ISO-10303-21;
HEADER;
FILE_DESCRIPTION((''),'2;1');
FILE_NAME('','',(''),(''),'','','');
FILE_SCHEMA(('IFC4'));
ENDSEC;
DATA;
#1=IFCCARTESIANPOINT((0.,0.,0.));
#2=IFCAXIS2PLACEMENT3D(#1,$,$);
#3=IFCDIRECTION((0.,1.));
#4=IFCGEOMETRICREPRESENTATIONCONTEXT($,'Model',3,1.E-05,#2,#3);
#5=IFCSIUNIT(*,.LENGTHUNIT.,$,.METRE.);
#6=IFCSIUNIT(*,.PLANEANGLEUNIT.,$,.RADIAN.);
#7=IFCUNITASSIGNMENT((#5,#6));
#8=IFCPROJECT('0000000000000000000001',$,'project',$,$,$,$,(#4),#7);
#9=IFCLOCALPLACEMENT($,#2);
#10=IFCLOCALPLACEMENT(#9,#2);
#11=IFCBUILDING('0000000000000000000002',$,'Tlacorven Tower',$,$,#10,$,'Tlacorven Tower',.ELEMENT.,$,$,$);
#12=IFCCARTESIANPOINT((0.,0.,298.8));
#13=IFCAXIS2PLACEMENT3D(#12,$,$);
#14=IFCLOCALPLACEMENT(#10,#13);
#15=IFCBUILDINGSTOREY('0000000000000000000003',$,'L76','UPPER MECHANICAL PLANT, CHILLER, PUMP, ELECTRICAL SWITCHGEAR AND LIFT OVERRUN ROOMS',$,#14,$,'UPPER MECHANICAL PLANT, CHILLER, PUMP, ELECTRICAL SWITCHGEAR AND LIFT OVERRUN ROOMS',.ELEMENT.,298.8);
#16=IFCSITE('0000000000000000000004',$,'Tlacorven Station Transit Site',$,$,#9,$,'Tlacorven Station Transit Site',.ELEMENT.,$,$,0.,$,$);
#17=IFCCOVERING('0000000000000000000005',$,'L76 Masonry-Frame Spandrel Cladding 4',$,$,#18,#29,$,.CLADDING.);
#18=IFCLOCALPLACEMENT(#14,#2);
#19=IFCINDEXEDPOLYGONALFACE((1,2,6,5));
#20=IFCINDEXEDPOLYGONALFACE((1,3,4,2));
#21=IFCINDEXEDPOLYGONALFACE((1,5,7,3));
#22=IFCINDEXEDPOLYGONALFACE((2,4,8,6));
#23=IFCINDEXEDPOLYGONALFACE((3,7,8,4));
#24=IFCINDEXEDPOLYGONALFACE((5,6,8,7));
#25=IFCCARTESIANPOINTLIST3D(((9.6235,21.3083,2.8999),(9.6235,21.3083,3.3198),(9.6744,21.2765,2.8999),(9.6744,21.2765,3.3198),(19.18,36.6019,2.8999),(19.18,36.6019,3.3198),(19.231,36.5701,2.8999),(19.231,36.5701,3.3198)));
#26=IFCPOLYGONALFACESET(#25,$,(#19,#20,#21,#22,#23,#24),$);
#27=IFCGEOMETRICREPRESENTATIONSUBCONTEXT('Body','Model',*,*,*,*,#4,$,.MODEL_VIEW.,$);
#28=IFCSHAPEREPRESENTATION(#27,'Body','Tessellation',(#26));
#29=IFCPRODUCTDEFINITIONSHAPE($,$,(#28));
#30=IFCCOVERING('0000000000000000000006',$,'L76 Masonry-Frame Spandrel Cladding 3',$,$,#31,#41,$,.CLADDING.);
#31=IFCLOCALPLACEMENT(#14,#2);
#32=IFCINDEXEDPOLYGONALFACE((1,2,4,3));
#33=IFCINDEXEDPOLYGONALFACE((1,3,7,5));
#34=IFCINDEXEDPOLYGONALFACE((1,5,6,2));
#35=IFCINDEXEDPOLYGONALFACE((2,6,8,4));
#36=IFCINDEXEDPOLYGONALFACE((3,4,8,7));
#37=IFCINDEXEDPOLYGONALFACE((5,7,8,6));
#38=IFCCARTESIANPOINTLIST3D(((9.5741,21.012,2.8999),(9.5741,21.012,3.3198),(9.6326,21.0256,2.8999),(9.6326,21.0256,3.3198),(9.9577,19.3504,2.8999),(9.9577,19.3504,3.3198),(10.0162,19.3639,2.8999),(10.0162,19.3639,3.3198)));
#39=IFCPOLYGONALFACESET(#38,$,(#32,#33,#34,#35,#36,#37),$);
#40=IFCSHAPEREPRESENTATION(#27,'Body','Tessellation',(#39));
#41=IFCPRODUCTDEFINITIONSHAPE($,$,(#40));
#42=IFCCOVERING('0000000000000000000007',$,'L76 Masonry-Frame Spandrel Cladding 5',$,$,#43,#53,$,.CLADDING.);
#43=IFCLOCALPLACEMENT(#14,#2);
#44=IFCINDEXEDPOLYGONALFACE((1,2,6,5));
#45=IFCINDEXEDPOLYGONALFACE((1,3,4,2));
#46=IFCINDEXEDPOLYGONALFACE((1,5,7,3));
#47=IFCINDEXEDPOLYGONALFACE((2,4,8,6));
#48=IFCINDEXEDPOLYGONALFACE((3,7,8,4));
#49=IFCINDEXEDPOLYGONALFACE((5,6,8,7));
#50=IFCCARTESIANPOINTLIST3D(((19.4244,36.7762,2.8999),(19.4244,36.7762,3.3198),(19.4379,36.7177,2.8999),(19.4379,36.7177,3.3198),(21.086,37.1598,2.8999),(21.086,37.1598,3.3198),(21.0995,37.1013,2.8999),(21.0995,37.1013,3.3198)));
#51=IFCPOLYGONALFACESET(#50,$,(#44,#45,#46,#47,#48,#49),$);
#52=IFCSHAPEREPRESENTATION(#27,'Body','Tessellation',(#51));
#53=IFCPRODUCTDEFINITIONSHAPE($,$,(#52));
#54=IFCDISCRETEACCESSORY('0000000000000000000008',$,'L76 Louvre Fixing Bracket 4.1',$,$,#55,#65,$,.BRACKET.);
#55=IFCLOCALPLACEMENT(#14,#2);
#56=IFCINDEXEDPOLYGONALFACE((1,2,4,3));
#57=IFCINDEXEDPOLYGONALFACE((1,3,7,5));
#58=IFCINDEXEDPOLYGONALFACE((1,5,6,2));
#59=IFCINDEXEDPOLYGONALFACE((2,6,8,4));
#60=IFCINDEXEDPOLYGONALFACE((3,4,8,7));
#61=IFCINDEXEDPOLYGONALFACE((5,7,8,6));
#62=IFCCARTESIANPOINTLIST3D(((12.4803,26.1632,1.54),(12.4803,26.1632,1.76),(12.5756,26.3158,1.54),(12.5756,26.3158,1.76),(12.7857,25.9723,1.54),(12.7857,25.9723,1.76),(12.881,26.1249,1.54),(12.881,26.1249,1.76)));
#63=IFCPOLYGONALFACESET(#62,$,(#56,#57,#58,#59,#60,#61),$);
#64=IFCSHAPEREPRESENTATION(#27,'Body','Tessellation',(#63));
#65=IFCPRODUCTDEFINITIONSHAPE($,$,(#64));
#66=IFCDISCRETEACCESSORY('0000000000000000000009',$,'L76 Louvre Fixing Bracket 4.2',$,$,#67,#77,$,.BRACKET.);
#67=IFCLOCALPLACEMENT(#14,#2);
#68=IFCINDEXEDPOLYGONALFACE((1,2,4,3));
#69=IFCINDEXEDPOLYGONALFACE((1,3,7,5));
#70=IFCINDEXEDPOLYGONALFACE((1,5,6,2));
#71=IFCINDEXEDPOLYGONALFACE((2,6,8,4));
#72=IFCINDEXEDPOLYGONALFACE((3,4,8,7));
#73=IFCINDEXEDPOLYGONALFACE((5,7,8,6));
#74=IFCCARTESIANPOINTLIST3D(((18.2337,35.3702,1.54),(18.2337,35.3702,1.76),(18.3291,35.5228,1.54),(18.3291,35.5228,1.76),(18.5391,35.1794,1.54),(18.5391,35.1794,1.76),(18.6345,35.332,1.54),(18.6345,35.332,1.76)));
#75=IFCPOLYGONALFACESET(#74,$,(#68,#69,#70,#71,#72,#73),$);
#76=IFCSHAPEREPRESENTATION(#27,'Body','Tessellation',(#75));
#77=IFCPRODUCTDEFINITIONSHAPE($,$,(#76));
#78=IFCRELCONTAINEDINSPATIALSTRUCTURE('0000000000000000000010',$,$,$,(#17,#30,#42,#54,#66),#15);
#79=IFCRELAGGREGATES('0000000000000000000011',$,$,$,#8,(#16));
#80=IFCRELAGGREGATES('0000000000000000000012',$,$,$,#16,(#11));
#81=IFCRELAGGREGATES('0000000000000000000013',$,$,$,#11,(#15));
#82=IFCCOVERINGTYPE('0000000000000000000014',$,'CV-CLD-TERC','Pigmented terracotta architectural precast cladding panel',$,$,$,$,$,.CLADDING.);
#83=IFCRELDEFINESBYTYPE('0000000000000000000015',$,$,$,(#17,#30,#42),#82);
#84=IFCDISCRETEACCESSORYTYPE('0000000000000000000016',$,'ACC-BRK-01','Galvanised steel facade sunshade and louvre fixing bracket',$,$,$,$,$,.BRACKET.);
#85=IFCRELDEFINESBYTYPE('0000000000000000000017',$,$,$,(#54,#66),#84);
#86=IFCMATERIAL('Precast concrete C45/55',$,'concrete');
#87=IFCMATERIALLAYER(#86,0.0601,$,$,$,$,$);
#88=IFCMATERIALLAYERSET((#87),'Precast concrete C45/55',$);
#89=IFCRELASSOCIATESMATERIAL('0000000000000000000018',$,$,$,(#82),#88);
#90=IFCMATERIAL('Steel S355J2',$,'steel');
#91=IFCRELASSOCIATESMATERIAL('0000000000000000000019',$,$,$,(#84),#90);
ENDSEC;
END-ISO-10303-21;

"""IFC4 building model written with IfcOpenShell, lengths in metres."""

from ifc_helpers import new_model, si_unit, direction, frame, origin, origin_2d, place, context, subcontext, project, spatial, rectangle, extrude, source, transform, mapped, material, layer, layer_set, type_object, element, save


model = new_model("IFC4")

# Units and contexts
model_context = context("Model", 3, precision=1e-05, world=origin(), true_north=direction((0.0, 1.0)))
body_context = subcontext(model_context, "Body", "Model", "MODEL_VIEW")
ifc_project = project(units=[si_unit("LENGTHUNIT", "METRE"), si_unit("PLANEANGLEUNIT", "RADIAN")], contexts=[model_context])

# Site, building, storey
site_placement = place(None, origin())
site = spatial("IfcSite", under=ifc_project, at=site_placement, Name="Tlacorven Station Transit Site", LongName="Tlacorven Station Transit Site", CompositionType="ELEMENT", RefElevation=0.0)
building_placement = place(site_placement, origin())
building = spatial("IfcBuilding", under=site, at=building_placement, Name="Tlacorven Tower", LongName="Tlacorven Tower", CompositionType="ELEMENT")
storey_placement = place(building_placement, frame((0.0, 0.0, 298.8)))
storey = spatial("IfcBuildingStorey", under=building, at=storey_placement, Name="L76", Description="UPPER MECHANICAL PLANT, CHILLER, PUMP, ELECTRICAL SWITCHGEAR AND LIFT OVERRUN ROOMS", LongName="UPPER MECHANICAL PLANT, CHILLER, PUMP, ELECTRICAL SWITCHGEAR AND LIFT OVERRUN ROOMS", CompositionType="ELEMENT", Elevation=298.8)

# Shared definitions
ifc_material_1 = material(Name="Precast concrete C45/55", Category="concrete")

# Coverings
ifc_layer_1 = layer(ifc_material_1, 0.0601)
ifc_layer_set_1 = layer_set([ifc_layer_1], Name="Precast concrete C45/55")
covering_type = type_object("IfcCoveringType", Name="CV-CLD-TERC", Description="Pigmented terracotta architectural precast cladding panel", PredefinedType="CLADDING", material=ifc_layer_set_1)
shared_shape_1 = source(origin(), body_context, "Body", "SweptSolid", [
    extrude(rectangle(XDim=18.0339, YDim=0.0601, at=origin_2d()), origin(), (0.0, 0.0, 1.0), 0.4199),
])
covering_placement = place(storey_placement, frame((14.4272, 28.9392, 2.8999), z_axis=(0.0, 0.0, 1.0), x_axis=(0.529919, 0.848048, 0.0)))
element("IfcCovering", 1, at=covering_placement, inside=storey, type_object=covering_type, Name="L76 Masonry-Frame Spandrel Cladding 4", PredefinedType="CLADDING", context=body_context, shape_type="MappedRepresentation", body=[
    mapped(shared_shape_1, transform((0.0, 0.0, 0.0), scale=1.0)),
])
shared_shape_2 = source(origin(), body_context, "Body", "SweptSolid", [
    extrude(rectangle(XDim=1.7053, YDim=0.0601, at=origin_2d()), origin(), (0.0, 0.0, 1.0), 0.4199),
])
for number, where, z_axis, x_axis, name in (
    (2, (9.7952, 20.188, 2.8999), (0.0, 0.0, 1.0), (-0.22495, 0.97437, 0.0), "L76 Masonry-Frame Spandrel Cladding 3"),
    (3, (20.262, 36.9387, 2.8999), (0.0, 0.0, 1.0), (0.97437, 0.22495, 0.0), "L76 Masonry-Frame Spandrel Cladding 5"),
):
    element("IfcCovering", number, at=place(storey_placement, frame(where, z_axis=z_axis, x_axis=x_axis)), inside=storey, type_object=covering_type, Name=name, PredefinedType="CLADDING", context=body_context, shape_type="MappedRepresentation", body=[
        mapped(shared_shape_2, transform((0.0, 0.0, 0.0), scale=1.0)),
    ])

# Discrete accessories
ifc_material_2 = material(Name="Steel S355J2", Category="steel")
discrete_accessory_type = type_object("IfcDiscreteAccessoryType", Name="ACC-BRK-01", Description="Galvanised steel facade sunshade and louvre fixing bracket", PredefinedType="BRACKET", material=ifc_material_2)
shared_shape_3 = source(origin(), body_context, "Body", "SweptSolid", [
    extrude(rectangle(XDim=0.1799, YDim=0.3601, at=origin_2d()), origin(), (0.0, 0.0, 1.0), 0.22),
])
for number, where, z_axis, x_axis, name in (
    (4, (12.6807, 26.144, 1.54), (0.0, 0.0, 1.0), (0.529919, 0.848048, 0.0), "L76 Louvre Fixing Bracket 4.1"),
    (5, (18.4341, 35.3511, 1.54), (0.0, 0.0, 1.0), (0.529919, 0.848048, 0.0), "L76 Louvre Fixing Bracket 4.2"),
):
    element("IfcDiscreteAccessory", number, at=place(storey_placement, frame(where, z_axis=z_axis, x_axis=x_axis)), inside=storey, type_object=discrete_accessory_type, Name=name, PredefinedType="BRACKET", context=body_context, shape_type="MappedRepresentation", body=[
        mapped(shared_shape_3, transform((0.0, 0.0, 0.0), scale=1.0)),
    ])

save(model, "model.ifc")
